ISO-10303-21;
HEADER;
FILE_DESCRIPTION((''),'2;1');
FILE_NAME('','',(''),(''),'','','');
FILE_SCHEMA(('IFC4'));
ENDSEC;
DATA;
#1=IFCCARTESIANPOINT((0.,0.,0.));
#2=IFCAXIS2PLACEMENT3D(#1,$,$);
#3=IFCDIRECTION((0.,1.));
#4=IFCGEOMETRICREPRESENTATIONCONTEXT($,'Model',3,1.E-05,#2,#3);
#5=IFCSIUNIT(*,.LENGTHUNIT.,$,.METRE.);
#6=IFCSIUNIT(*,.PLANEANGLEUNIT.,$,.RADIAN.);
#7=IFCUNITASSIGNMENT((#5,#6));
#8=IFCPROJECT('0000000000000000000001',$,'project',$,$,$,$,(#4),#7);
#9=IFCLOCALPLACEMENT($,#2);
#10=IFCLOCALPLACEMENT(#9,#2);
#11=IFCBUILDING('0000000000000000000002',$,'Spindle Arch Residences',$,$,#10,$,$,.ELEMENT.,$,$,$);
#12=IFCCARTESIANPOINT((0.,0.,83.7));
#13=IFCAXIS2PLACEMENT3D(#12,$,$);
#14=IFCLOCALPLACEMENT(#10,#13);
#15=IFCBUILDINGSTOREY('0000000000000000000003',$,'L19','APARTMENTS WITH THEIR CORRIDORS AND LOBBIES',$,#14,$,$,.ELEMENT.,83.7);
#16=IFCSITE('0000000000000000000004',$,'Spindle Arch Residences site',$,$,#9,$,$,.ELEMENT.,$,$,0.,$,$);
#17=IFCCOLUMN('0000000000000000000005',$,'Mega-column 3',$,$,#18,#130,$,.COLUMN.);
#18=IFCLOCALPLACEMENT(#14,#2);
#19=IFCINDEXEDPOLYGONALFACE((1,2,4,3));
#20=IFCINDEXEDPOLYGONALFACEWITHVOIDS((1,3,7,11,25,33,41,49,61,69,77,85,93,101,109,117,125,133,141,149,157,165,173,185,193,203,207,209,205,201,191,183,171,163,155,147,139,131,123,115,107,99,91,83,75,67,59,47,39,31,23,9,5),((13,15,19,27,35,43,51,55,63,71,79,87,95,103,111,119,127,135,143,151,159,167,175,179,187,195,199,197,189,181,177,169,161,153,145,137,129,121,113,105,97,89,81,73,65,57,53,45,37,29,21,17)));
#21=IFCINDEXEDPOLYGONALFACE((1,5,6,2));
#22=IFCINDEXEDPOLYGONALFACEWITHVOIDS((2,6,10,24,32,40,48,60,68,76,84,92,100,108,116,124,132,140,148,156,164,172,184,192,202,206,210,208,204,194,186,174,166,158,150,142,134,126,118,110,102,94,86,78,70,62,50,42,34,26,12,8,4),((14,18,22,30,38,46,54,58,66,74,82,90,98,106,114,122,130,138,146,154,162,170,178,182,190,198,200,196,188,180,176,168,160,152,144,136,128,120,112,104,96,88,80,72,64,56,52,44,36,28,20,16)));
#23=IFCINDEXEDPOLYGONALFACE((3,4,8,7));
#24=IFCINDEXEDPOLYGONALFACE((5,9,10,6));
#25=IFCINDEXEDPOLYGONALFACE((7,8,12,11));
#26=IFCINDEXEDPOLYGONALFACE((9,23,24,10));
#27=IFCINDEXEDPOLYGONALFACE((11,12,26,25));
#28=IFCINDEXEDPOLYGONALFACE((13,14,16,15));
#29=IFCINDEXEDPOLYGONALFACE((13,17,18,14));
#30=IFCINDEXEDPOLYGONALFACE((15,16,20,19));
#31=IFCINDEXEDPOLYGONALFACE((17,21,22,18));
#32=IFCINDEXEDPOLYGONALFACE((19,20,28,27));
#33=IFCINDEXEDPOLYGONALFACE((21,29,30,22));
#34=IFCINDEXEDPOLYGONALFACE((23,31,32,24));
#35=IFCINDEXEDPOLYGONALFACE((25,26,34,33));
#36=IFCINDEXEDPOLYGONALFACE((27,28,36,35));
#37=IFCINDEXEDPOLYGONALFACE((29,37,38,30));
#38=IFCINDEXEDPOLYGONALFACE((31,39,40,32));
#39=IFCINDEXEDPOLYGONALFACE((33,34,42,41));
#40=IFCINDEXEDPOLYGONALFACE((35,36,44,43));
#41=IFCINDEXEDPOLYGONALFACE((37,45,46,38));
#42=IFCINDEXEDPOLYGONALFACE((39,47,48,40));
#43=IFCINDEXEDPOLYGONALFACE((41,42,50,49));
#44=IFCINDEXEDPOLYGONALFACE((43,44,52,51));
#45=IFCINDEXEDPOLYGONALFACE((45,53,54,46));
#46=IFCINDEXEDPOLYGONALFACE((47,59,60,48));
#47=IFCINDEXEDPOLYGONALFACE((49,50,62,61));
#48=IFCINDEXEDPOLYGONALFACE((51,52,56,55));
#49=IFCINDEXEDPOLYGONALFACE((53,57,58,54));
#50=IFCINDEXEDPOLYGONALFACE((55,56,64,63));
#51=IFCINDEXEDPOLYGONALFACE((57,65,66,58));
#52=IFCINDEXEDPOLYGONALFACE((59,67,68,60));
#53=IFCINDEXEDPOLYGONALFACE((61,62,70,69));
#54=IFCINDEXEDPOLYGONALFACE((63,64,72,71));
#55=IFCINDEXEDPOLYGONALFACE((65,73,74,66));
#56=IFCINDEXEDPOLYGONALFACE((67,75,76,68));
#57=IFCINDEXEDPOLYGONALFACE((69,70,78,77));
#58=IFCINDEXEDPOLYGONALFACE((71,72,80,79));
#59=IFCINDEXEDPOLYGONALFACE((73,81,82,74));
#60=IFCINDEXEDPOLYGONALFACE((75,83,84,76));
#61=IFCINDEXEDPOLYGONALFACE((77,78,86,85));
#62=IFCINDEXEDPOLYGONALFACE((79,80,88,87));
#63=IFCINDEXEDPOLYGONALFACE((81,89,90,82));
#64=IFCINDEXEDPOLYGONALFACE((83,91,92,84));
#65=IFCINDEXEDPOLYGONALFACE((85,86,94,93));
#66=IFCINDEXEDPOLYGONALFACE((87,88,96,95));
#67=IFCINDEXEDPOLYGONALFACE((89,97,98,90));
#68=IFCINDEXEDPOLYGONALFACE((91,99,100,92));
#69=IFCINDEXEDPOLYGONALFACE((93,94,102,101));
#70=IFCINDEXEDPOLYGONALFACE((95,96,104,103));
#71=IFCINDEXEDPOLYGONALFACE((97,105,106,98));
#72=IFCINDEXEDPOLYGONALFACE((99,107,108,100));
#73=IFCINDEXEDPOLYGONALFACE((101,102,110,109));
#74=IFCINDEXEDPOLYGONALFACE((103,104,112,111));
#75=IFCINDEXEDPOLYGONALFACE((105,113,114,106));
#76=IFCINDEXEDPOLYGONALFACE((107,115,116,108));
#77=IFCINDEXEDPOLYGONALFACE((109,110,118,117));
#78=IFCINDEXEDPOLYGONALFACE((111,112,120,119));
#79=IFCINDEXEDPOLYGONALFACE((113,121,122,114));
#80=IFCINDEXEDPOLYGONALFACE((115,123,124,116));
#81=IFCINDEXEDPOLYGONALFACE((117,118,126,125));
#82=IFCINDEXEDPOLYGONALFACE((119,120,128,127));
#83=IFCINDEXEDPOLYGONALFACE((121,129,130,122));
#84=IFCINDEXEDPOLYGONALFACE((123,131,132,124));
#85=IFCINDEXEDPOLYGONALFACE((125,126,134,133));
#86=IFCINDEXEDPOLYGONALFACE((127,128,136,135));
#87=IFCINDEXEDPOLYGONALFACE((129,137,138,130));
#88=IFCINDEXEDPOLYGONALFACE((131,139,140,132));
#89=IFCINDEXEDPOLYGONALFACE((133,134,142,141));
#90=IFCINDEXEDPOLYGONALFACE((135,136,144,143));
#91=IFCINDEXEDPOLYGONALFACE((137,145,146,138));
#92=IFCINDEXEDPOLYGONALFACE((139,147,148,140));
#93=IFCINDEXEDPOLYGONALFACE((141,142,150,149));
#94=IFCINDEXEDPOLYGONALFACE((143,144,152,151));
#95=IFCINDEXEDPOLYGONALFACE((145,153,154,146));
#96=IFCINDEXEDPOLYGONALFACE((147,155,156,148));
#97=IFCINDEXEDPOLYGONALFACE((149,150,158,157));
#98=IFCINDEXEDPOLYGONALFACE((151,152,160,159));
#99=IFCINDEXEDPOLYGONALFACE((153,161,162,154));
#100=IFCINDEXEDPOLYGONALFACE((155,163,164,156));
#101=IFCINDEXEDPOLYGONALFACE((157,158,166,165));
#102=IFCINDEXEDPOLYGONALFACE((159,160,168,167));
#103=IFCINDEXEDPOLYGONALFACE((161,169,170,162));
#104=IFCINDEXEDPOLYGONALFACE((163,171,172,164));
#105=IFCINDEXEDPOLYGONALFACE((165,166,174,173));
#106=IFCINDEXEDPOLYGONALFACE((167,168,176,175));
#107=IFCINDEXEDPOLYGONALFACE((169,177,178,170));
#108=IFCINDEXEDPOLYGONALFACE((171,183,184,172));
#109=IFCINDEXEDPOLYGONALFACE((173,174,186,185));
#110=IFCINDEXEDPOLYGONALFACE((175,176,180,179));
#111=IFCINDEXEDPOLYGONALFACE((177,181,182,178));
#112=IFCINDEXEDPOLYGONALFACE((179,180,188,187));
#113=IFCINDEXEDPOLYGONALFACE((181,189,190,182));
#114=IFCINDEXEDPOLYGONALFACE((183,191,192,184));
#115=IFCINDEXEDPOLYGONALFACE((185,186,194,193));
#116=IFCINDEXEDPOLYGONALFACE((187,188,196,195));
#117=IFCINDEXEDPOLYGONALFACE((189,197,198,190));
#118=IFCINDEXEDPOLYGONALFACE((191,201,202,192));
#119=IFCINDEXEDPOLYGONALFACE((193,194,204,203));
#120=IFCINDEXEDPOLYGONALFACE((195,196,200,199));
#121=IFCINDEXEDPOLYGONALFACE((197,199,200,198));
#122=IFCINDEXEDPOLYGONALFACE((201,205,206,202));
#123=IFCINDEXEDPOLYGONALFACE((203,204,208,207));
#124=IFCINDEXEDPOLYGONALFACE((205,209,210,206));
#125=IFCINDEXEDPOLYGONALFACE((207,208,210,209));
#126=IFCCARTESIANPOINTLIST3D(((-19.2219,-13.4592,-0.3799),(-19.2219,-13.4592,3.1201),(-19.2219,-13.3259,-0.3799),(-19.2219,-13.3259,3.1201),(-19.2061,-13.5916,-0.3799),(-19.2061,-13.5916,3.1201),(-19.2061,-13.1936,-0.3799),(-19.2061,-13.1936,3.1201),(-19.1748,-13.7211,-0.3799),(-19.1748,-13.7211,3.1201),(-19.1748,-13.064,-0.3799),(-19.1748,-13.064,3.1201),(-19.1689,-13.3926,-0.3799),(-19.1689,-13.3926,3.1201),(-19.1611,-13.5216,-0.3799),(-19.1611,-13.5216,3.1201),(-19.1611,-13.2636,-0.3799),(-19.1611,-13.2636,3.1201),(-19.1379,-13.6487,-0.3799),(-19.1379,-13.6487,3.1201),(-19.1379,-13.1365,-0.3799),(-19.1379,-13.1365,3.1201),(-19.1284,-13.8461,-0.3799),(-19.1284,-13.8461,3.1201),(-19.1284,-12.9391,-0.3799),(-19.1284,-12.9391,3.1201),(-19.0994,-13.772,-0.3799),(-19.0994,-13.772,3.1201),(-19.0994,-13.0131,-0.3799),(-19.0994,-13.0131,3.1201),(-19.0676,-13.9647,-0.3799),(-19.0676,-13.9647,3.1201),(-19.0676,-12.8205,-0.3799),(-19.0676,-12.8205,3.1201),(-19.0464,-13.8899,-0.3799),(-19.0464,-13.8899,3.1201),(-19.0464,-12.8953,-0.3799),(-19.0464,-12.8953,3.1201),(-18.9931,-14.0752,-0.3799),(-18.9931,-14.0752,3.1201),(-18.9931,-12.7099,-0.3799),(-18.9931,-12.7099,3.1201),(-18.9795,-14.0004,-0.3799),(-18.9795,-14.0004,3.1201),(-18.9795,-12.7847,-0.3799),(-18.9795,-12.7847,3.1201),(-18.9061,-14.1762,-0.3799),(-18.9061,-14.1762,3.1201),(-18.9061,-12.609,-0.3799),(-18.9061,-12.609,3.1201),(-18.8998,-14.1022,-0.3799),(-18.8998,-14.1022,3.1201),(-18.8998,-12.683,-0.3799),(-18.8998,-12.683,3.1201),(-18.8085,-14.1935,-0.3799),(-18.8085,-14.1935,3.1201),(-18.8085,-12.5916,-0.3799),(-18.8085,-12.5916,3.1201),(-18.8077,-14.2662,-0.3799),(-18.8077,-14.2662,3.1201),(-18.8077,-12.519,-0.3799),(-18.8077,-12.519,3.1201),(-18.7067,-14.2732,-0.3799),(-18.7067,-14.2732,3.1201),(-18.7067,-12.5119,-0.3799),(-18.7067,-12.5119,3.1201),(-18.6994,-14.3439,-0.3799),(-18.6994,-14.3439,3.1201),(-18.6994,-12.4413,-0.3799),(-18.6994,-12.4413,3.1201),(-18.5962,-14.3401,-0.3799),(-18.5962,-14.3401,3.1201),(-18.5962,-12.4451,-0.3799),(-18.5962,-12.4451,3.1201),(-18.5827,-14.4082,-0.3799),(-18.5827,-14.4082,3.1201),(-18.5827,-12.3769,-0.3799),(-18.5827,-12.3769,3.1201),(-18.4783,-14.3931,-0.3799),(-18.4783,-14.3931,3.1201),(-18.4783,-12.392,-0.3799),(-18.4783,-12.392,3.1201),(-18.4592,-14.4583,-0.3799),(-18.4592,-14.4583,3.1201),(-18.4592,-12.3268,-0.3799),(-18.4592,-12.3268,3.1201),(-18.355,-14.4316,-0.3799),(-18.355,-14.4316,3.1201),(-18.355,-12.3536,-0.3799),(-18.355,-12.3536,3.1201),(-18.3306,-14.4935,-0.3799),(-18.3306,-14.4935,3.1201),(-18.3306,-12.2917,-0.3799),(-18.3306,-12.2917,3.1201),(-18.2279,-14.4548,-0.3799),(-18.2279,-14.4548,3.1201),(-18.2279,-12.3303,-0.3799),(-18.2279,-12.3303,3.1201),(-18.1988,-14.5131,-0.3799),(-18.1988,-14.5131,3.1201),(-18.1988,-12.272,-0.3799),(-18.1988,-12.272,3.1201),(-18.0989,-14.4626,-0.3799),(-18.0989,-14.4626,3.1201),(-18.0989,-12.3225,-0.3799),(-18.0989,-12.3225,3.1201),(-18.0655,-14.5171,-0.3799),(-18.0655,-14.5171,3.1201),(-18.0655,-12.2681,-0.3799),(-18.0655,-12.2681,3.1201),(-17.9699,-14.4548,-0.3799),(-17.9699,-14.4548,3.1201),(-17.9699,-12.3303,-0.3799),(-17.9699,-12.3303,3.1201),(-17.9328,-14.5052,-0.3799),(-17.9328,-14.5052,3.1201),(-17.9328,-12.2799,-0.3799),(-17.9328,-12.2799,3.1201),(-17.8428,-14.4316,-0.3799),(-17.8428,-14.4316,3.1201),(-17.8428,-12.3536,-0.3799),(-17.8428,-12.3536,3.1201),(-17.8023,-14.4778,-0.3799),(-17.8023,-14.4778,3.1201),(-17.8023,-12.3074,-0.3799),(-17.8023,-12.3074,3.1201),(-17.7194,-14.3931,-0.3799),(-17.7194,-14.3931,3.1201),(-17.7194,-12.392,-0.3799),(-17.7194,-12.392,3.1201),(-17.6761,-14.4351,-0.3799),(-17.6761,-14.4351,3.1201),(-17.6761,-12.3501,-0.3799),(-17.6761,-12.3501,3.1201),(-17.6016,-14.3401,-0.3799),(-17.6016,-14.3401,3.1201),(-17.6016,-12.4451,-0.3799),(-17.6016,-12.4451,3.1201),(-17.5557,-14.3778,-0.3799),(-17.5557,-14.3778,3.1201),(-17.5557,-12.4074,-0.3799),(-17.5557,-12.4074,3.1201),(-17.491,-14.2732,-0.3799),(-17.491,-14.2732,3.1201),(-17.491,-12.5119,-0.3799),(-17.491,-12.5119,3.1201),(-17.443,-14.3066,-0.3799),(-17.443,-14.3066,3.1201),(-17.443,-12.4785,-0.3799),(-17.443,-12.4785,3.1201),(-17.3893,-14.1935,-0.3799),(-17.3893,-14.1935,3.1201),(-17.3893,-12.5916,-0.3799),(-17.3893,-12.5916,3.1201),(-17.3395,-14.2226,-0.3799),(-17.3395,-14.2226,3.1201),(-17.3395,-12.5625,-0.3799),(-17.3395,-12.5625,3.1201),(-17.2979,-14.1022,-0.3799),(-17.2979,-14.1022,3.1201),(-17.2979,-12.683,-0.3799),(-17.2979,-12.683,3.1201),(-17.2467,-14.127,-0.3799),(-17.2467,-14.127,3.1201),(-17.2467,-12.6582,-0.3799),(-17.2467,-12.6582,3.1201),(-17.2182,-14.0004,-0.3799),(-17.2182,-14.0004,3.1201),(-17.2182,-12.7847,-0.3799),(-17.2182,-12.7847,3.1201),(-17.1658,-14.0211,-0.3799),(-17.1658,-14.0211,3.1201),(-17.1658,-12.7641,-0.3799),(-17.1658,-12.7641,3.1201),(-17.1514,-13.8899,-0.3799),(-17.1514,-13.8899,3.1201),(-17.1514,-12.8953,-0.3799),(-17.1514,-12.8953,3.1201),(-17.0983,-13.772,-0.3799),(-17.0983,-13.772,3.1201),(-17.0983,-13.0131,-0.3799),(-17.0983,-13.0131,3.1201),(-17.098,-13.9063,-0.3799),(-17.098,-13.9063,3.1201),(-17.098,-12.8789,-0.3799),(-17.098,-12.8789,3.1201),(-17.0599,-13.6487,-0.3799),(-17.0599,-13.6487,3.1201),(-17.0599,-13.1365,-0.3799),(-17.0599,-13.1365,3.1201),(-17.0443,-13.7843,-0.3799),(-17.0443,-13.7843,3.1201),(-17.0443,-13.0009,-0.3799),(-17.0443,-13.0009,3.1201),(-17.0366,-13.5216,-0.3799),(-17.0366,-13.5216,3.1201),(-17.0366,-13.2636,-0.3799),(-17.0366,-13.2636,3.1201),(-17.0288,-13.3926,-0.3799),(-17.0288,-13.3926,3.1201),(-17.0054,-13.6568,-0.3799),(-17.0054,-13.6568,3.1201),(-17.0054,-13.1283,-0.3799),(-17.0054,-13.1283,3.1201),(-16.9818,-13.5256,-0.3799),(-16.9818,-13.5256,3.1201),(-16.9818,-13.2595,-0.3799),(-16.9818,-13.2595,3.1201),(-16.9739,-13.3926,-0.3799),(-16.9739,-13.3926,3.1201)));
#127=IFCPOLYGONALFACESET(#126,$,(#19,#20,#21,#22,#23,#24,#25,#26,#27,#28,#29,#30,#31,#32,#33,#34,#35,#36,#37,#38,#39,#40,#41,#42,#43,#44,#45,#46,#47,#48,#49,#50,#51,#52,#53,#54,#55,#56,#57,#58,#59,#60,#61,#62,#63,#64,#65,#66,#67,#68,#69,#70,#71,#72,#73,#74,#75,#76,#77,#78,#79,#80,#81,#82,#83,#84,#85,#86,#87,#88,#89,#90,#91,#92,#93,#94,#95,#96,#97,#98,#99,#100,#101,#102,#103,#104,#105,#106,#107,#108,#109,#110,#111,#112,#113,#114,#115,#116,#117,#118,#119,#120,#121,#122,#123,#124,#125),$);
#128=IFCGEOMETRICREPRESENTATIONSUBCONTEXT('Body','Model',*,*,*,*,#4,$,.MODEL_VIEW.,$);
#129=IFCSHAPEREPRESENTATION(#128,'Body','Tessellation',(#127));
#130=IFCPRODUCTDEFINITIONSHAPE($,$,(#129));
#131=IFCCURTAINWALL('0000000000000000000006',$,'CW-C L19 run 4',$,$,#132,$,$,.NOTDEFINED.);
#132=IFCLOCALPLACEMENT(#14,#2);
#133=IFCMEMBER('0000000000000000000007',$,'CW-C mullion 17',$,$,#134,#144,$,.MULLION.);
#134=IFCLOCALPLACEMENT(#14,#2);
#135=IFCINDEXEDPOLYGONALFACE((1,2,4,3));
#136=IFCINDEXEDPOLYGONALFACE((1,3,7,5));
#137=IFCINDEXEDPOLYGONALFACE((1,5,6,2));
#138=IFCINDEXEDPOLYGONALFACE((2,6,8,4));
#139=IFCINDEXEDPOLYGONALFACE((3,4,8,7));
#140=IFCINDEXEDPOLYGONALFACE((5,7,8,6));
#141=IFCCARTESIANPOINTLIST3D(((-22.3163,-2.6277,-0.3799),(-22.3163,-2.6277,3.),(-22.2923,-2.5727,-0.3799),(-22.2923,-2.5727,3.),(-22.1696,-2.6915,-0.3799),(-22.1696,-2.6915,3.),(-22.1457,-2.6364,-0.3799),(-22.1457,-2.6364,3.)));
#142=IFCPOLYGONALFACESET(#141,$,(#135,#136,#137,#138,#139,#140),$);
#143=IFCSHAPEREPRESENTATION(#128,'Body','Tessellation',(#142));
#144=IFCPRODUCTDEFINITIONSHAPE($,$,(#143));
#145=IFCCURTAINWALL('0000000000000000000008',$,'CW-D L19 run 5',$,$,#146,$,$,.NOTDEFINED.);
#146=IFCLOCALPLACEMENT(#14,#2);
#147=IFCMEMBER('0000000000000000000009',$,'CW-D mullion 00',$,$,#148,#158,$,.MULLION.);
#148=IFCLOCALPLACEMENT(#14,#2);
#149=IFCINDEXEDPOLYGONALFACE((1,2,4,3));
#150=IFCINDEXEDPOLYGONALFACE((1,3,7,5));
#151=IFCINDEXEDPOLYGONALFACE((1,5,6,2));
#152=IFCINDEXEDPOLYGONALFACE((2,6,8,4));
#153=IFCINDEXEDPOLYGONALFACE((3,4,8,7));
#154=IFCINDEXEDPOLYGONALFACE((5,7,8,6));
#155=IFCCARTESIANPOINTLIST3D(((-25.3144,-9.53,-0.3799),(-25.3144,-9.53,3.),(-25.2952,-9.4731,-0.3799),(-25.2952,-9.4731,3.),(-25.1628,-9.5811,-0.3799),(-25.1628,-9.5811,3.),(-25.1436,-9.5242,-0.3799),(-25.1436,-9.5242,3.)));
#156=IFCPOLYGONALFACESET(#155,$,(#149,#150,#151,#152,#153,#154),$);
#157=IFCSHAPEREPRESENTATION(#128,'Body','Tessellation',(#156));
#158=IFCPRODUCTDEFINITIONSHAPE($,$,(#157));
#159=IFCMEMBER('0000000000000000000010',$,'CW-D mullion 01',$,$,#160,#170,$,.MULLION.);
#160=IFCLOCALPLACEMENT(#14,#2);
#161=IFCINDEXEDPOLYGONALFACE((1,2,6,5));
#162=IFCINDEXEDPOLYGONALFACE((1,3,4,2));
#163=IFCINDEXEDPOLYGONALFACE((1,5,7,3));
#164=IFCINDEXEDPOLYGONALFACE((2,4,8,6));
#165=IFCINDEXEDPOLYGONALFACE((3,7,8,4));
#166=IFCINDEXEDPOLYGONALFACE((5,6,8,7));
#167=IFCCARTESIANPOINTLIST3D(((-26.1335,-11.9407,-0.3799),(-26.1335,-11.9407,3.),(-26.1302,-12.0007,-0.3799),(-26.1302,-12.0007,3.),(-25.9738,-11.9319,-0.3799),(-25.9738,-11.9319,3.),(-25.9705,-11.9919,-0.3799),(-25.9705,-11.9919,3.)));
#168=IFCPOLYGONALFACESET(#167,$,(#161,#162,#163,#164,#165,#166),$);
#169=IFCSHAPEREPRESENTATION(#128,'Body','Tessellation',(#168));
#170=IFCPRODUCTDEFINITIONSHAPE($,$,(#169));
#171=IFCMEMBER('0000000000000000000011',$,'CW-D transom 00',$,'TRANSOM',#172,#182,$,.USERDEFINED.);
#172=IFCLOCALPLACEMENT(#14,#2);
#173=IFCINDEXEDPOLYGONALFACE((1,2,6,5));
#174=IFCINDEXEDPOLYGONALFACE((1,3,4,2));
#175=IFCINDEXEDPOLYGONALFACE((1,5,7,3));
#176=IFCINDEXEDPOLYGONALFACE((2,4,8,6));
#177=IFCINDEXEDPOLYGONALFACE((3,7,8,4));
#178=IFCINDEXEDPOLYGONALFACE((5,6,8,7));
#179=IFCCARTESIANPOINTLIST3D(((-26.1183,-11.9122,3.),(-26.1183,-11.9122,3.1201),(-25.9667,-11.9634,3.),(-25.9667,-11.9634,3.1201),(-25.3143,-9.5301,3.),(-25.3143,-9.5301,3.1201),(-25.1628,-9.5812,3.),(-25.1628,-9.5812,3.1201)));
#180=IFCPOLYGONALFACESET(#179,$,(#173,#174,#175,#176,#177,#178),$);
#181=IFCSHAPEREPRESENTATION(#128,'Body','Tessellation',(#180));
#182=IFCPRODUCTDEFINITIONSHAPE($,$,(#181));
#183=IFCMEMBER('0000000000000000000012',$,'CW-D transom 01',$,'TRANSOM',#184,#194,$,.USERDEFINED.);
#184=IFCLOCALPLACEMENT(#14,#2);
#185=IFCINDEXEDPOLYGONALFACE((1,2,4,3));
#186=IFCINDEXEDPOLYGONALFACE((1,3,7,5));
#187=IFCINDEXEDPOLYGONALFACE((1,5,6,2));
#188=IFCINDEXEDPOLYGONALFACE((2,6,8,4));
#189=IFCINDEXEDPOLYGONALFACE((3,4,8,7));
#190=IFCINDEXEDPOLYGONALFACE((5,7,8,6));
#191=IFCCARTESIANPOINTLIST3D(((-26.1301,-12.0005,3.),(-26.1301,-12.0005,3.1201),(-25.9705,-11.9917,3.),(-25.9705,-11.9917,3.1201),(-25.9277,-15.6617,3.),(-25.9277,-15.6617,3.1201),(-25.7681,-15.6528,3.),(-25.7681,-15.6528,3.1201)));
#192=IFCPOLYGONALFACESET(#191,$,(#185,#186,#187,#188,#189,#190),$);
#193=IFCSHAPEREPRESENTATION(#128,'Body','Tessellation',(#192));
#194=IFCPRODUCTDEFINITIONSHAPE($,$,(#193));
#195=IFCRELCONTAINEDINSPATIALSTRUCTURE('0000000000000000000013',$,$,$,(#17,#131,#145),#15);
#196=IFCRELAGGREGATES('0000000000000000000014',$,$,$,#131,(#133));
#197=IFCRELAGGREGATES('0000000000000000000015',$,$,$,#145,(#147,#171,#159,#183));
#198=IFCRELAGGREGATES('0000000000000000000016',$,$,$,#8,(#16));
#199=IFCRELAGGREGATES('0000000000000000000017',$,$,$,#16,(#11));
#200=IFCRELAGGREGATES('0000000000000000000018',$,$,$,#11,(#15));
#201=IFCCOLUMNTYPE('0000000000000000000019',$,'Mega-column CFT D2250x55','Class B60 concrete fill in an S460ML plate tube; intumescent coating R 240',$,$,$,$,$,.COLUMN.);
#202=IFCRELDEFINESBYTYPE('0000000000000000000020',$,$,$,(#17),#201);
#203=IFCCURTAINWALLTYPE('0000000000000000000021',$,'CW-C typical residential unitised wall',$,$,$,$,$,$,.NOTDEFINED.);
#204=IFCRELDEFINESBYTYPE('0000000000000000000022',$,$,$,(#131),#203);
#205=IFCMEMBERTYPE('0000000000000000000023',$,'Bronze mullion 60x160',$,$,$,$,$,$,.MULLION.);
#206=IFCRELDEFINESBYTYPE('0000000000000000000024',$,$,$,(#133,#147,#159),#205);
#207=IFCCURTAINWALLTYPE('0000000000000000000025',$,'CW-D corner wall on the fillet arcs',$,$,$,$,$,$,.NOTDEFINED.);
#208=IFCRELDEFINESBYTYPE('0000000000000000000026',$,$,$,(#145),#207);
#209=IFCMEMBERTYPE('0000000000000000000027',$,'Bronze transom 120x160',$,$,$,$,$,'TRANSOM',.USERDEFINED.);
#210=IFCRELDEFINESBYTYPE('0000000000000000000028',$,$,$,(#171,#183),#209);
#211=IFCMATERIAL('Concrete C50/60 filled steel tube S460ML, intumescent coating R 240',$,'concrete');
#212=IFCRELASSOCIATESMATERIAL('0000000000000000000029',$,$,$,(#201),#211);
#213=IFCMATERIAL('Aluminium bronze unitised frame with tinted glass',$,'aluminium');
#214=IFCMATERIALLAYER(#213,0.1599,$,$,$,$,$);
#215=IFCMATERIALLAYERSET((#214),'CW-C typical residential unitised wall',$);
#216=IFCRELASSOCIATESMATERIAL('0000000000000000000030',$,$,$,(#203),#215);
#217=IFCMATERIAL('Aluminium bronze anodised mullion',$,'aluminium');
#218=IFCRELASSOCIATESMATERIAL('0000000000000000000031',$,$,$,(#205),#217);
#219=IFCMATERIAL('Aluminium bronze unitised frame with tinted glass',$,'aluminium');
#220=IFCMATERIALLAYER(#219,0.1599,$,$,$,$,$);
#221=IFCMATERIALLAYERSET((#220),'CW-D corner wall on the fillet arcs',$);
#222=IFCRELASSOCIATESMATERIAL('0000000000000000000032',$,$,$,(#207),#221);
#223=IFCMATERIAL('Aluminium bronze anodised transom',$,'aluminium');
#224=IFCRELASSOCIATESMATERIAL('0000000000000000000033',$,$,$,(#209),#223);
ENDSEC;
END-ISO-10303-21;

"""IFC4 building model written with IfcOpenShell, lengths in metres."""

from ifc_helpers import new_model, si_unit, direction, frame, origin, origin_2d, place, context, subcontext, project, spatial, rectangle, hollow_circle, extrude, material, layer, layer_set, material_profile, profile_set, type_object, element, aggregate, save


model = new_model("IFC4")

# Units and contexts
model_context = context("Model", 3, precision=1e-05, world=origin(), true_north=direction((0.0, 1.0)))
body_context = subcontext(model_context, "Body", "Model", "MODEL_VIEW")
ifc_project = project(units=[si_unit("LENGTHUNIT", "METRE"), si_unit("PLANEANGLEUNIT", "RADIAN")], contexts=[model_context])

# Site, building, storey
site_placement = place(None, origin())
site = spatial("IfcSite", under=ifc_project, at=site_placement, Name="Spindle Arch Residences site", CompositionType="ELEMENT", RefElevation=0.0)
building_placement = place(site_placement, origin())
building = spatial("IfcBuilding", under=site, at=building_placement, Name="Spindle Arch Residences", CompositionType="ELEMENT")
storey_placement = place(building_placement, frame((0.0, 0.0, 83.7)))
storey = spatial("IfcBuildingStorey", under=building, at=storey_placement, Name="L19", Description="APARTMENTS WITH THEIR CORRIDORS AND LOBBIES", CompositionType="ELEMENT", Elevation=83.7)

# Column
ifc_material_1 = material(Name="Concrete C50/60 filled steel tube S460ML, intumescent coating R 240", Category="concrete")
ifc_material_profile_1 = material_profile(ifc_material_1, hollow_circle(Radius=1.125, WallThickness=0.0549, at=origin_2d()), Name="CFT D2250x55")
ifc_profile_set_1 = profile_set([ifc_material_profile_1], Name="Concrete C50/60 filled steel tube S460ML, intumescent coating R 240")
column_type_1 = type_object("IfcColumnType", Name="Mega-column CFT D2250x55", Description="Class B60 concrete fill in an S460ML plate tube; intumescent coating R 240", PredefinedType="COLUMN", material=ifc_profile_set_1)
column_placement = place(storey_placement, frame((-18.0989, -13.3926, -0.3799), z_axis=(0.0, 0.0, 1.0), x_axis=(1.0, 0.0, 0.0)))
element("IfcColumn", 1, at=column_placement, inside=storey, type_object=column_type_1, Name="Mega-column 3", PredefinedType="COLUMN", context=body_context, shape_type="SweptSolid", body=[
    extrude(hollow_circle(Radius=1.125, WallThickness=0.0549, at=origin_2d()), origin(), (0.0, 0.0, 1.0), 3.5),
])

# Curtain wall, member
ifc_material_2 = material(Name="Aluminium bronze unitised frame with tinted glass", Category="aluminium")
ifc_layer_1 = layer(ifc_material_2, 0.1599)
ifc_layer_set_1 = layer_set([ifc_layer_1], Name="CW-C typical residential unitised wall")
curtain_wall_type_1 = type_object("IfcCurtainWallType", Name="CW-C typical residential unitised wall", PredefinedType="NOTDEFINED", material=ifc_layer_set_1)
curtain_wall_1_placement = place(storey_placement, origin())
curtain_wall_1 = element("IfcCurtainWall", 2, at=curtain_wall_1_placement, inside=storey, type_object=curtain_wall_type_1, Name="CW-C L19 run 4", PredefinedType="NOTDEFINED")
ifc_material_3 = material(Name="Aluminium bronze anodised mullion", Category="aluminium")
ifc_material_profile_2 = material_profile(ifc_material_3, rectangle(XDim=0.1599, YDim=0.0601, at=origin_2d()), Name="MU 60x160")
ifc_profile_set_2 = profile_set([ifc_material_profile_2], Name="Aluminium bronze anodised mullion")
member_type_1 = type_object("IfcMemberType", Name="Bronze mullion 60x160", PredefinedType="MULLION", material=ifc_profile_set_2)
member_1_placement = place(storey_placement, frame((-22.231, -2.6321, -0.3799), z_axis=(0.0, 0.0, 1.0), x_axis=(0.91706, -0.398749, 0.0)))
member_1 = element("IfcMember", 3, at=member_1_placement, type_object=member_type_1, Name="CW-C mullion 17", PredefinedType="MULLION", context=body_context, shape_type="SweptSolid", body=[
    extrude(rectangle(XDim=0.1599, YDim=0.0601, at=origin_2d()), origin(), (0.0, 0.0, 1.0), 3.3799),
])

# Curtain wall, members
ifc_material_4 = material(Name="Aluminium bronze unitised frame with tinted glass", Category="aluminium")
ifc_layer_2 = layer(ifc_material_4, 0.1599)
ifc_layer_set_2 = layer_set([ifc_layer_2], Name="CW-D corner wall on the fillet arcs")
curtain_wall_type_2 = type_object("IfcCurtainWallType", Name="CW-D corner wall on the fillet arcs", PredefinedType="NOTDEFINED", material=ifc_layer_set_2)
curtain_wall_2_placement = place(storey_placement, origin())
curtain_wall_2 = element("IfcCurtainWall", 4, at=curtain_wall_2_placement, inside=storey, type_object=curtain_wall_type_2, Name="CW-D L19 run 5", PredefinedType="NOTDEFINED")
member_2_placement = place(storey_placement, frame((-25.229, -9.5271, -0.3799), z_axis=(0.0, 0.0, 1.0), x_axis=(0.94751, -0.319727, 0.0)))
member_2 = element("IfcMember", 5, at=member_2_placement, type_object=member_type_1, Name="CW-D mullion 00", PredefinedType="MULLION", context=body_context, shape_type="SweptSolid", body=[
    extrude(rectangle(XDim=0.1599, YDim=0.0601, at=origin_2d()), origin(), (0.0, 0.0, 1.0), 3.3799),
])
member_3_placement = place(storey_placement, frame((-26.052, -11.9663, -0.3799), z_axis=(0.0, 0.0, 1.0), x_axis=(0.998473, 0.055241, 0.0)))
member_3 = element("IfcMember", 6, at=member_3_placement, type_object=member_type_1, Name="CW-D mullion 01", PredefinedType="MULLION", context=body_context, shape_type="SweptSolid", body=[
    extrude(rectangle(XDim=0.1599, YDim=0.0601, at=origin_2d()), origin(), (0.0, 0.0, 1.0), 3.3799),
])
ifc_material_5 = material(Name="Aluminium bronze anodised transom", Category="aluminium")
ifc_material_profile_3 = material_profile(ifc_material_5, rectangle(XDim=0.1599, YDim=0.1201, at=origin_2d()), Name="TR 120x160")
ifc_profile_set_3 = profile_set([ifc_material_profile_3], Name="Aluminium bronze anodised transom")
member_type_2 = type_object("IfcMemberType", Name="Bronze transom 120x160", ElementType="TRANSOM", PredefinedType="USERDEFINED", material=ifc_profile_set_3)
member_4_placement = place(storey_placement, frame((-25.2385, -9.5557, 3.0601), z_axis=(-0.31978, -0.947492, 0.0), x_axis=(0.947492, -0.31978, 0.0)))
member_4 = element("IfcMember", 7, at=member_4_placement, type_object=member_type_2, Name="CW-D transom 00", ObjectType="TRANSOM", PredefinedType="USERDEFINED", context=body_context, shape_type="SweptSolid", body=[
    extrude(rectangle(XDim=0.1599, YDim=0.1201, at=origin_2d()), origin(), (0.0, 0.0, 1.0), 2.5142),
])
member_5_placement = place(storey_placement, frame((-26.0503, -11.9961, 3.0601), z_axis=(0.055197, -0.998475, 0.0), x_axis=(0.998475, 0.055197, 0.0)))
member_5 = element("IfcMember", 8, at=member_5_placement, type_object=member_type_2, Name="CW-D transom 01", ObjectType="TRANSOM", PredefinedType="USERDEFINED", context=body_context, shape_type="SweptSolid", body=[
    extrude(rectangle(XDim=0.1599, YDim=0.1201, at=origin_2d()), origin(), (0.0, 0.0, 1.0), 3.6667),
])

aggregate(curtain_wall_1, [member_1])
aggregate(curtain_wall_2, [member_2, member_4, member_3, member_5])

save(model, "model.ifc")
